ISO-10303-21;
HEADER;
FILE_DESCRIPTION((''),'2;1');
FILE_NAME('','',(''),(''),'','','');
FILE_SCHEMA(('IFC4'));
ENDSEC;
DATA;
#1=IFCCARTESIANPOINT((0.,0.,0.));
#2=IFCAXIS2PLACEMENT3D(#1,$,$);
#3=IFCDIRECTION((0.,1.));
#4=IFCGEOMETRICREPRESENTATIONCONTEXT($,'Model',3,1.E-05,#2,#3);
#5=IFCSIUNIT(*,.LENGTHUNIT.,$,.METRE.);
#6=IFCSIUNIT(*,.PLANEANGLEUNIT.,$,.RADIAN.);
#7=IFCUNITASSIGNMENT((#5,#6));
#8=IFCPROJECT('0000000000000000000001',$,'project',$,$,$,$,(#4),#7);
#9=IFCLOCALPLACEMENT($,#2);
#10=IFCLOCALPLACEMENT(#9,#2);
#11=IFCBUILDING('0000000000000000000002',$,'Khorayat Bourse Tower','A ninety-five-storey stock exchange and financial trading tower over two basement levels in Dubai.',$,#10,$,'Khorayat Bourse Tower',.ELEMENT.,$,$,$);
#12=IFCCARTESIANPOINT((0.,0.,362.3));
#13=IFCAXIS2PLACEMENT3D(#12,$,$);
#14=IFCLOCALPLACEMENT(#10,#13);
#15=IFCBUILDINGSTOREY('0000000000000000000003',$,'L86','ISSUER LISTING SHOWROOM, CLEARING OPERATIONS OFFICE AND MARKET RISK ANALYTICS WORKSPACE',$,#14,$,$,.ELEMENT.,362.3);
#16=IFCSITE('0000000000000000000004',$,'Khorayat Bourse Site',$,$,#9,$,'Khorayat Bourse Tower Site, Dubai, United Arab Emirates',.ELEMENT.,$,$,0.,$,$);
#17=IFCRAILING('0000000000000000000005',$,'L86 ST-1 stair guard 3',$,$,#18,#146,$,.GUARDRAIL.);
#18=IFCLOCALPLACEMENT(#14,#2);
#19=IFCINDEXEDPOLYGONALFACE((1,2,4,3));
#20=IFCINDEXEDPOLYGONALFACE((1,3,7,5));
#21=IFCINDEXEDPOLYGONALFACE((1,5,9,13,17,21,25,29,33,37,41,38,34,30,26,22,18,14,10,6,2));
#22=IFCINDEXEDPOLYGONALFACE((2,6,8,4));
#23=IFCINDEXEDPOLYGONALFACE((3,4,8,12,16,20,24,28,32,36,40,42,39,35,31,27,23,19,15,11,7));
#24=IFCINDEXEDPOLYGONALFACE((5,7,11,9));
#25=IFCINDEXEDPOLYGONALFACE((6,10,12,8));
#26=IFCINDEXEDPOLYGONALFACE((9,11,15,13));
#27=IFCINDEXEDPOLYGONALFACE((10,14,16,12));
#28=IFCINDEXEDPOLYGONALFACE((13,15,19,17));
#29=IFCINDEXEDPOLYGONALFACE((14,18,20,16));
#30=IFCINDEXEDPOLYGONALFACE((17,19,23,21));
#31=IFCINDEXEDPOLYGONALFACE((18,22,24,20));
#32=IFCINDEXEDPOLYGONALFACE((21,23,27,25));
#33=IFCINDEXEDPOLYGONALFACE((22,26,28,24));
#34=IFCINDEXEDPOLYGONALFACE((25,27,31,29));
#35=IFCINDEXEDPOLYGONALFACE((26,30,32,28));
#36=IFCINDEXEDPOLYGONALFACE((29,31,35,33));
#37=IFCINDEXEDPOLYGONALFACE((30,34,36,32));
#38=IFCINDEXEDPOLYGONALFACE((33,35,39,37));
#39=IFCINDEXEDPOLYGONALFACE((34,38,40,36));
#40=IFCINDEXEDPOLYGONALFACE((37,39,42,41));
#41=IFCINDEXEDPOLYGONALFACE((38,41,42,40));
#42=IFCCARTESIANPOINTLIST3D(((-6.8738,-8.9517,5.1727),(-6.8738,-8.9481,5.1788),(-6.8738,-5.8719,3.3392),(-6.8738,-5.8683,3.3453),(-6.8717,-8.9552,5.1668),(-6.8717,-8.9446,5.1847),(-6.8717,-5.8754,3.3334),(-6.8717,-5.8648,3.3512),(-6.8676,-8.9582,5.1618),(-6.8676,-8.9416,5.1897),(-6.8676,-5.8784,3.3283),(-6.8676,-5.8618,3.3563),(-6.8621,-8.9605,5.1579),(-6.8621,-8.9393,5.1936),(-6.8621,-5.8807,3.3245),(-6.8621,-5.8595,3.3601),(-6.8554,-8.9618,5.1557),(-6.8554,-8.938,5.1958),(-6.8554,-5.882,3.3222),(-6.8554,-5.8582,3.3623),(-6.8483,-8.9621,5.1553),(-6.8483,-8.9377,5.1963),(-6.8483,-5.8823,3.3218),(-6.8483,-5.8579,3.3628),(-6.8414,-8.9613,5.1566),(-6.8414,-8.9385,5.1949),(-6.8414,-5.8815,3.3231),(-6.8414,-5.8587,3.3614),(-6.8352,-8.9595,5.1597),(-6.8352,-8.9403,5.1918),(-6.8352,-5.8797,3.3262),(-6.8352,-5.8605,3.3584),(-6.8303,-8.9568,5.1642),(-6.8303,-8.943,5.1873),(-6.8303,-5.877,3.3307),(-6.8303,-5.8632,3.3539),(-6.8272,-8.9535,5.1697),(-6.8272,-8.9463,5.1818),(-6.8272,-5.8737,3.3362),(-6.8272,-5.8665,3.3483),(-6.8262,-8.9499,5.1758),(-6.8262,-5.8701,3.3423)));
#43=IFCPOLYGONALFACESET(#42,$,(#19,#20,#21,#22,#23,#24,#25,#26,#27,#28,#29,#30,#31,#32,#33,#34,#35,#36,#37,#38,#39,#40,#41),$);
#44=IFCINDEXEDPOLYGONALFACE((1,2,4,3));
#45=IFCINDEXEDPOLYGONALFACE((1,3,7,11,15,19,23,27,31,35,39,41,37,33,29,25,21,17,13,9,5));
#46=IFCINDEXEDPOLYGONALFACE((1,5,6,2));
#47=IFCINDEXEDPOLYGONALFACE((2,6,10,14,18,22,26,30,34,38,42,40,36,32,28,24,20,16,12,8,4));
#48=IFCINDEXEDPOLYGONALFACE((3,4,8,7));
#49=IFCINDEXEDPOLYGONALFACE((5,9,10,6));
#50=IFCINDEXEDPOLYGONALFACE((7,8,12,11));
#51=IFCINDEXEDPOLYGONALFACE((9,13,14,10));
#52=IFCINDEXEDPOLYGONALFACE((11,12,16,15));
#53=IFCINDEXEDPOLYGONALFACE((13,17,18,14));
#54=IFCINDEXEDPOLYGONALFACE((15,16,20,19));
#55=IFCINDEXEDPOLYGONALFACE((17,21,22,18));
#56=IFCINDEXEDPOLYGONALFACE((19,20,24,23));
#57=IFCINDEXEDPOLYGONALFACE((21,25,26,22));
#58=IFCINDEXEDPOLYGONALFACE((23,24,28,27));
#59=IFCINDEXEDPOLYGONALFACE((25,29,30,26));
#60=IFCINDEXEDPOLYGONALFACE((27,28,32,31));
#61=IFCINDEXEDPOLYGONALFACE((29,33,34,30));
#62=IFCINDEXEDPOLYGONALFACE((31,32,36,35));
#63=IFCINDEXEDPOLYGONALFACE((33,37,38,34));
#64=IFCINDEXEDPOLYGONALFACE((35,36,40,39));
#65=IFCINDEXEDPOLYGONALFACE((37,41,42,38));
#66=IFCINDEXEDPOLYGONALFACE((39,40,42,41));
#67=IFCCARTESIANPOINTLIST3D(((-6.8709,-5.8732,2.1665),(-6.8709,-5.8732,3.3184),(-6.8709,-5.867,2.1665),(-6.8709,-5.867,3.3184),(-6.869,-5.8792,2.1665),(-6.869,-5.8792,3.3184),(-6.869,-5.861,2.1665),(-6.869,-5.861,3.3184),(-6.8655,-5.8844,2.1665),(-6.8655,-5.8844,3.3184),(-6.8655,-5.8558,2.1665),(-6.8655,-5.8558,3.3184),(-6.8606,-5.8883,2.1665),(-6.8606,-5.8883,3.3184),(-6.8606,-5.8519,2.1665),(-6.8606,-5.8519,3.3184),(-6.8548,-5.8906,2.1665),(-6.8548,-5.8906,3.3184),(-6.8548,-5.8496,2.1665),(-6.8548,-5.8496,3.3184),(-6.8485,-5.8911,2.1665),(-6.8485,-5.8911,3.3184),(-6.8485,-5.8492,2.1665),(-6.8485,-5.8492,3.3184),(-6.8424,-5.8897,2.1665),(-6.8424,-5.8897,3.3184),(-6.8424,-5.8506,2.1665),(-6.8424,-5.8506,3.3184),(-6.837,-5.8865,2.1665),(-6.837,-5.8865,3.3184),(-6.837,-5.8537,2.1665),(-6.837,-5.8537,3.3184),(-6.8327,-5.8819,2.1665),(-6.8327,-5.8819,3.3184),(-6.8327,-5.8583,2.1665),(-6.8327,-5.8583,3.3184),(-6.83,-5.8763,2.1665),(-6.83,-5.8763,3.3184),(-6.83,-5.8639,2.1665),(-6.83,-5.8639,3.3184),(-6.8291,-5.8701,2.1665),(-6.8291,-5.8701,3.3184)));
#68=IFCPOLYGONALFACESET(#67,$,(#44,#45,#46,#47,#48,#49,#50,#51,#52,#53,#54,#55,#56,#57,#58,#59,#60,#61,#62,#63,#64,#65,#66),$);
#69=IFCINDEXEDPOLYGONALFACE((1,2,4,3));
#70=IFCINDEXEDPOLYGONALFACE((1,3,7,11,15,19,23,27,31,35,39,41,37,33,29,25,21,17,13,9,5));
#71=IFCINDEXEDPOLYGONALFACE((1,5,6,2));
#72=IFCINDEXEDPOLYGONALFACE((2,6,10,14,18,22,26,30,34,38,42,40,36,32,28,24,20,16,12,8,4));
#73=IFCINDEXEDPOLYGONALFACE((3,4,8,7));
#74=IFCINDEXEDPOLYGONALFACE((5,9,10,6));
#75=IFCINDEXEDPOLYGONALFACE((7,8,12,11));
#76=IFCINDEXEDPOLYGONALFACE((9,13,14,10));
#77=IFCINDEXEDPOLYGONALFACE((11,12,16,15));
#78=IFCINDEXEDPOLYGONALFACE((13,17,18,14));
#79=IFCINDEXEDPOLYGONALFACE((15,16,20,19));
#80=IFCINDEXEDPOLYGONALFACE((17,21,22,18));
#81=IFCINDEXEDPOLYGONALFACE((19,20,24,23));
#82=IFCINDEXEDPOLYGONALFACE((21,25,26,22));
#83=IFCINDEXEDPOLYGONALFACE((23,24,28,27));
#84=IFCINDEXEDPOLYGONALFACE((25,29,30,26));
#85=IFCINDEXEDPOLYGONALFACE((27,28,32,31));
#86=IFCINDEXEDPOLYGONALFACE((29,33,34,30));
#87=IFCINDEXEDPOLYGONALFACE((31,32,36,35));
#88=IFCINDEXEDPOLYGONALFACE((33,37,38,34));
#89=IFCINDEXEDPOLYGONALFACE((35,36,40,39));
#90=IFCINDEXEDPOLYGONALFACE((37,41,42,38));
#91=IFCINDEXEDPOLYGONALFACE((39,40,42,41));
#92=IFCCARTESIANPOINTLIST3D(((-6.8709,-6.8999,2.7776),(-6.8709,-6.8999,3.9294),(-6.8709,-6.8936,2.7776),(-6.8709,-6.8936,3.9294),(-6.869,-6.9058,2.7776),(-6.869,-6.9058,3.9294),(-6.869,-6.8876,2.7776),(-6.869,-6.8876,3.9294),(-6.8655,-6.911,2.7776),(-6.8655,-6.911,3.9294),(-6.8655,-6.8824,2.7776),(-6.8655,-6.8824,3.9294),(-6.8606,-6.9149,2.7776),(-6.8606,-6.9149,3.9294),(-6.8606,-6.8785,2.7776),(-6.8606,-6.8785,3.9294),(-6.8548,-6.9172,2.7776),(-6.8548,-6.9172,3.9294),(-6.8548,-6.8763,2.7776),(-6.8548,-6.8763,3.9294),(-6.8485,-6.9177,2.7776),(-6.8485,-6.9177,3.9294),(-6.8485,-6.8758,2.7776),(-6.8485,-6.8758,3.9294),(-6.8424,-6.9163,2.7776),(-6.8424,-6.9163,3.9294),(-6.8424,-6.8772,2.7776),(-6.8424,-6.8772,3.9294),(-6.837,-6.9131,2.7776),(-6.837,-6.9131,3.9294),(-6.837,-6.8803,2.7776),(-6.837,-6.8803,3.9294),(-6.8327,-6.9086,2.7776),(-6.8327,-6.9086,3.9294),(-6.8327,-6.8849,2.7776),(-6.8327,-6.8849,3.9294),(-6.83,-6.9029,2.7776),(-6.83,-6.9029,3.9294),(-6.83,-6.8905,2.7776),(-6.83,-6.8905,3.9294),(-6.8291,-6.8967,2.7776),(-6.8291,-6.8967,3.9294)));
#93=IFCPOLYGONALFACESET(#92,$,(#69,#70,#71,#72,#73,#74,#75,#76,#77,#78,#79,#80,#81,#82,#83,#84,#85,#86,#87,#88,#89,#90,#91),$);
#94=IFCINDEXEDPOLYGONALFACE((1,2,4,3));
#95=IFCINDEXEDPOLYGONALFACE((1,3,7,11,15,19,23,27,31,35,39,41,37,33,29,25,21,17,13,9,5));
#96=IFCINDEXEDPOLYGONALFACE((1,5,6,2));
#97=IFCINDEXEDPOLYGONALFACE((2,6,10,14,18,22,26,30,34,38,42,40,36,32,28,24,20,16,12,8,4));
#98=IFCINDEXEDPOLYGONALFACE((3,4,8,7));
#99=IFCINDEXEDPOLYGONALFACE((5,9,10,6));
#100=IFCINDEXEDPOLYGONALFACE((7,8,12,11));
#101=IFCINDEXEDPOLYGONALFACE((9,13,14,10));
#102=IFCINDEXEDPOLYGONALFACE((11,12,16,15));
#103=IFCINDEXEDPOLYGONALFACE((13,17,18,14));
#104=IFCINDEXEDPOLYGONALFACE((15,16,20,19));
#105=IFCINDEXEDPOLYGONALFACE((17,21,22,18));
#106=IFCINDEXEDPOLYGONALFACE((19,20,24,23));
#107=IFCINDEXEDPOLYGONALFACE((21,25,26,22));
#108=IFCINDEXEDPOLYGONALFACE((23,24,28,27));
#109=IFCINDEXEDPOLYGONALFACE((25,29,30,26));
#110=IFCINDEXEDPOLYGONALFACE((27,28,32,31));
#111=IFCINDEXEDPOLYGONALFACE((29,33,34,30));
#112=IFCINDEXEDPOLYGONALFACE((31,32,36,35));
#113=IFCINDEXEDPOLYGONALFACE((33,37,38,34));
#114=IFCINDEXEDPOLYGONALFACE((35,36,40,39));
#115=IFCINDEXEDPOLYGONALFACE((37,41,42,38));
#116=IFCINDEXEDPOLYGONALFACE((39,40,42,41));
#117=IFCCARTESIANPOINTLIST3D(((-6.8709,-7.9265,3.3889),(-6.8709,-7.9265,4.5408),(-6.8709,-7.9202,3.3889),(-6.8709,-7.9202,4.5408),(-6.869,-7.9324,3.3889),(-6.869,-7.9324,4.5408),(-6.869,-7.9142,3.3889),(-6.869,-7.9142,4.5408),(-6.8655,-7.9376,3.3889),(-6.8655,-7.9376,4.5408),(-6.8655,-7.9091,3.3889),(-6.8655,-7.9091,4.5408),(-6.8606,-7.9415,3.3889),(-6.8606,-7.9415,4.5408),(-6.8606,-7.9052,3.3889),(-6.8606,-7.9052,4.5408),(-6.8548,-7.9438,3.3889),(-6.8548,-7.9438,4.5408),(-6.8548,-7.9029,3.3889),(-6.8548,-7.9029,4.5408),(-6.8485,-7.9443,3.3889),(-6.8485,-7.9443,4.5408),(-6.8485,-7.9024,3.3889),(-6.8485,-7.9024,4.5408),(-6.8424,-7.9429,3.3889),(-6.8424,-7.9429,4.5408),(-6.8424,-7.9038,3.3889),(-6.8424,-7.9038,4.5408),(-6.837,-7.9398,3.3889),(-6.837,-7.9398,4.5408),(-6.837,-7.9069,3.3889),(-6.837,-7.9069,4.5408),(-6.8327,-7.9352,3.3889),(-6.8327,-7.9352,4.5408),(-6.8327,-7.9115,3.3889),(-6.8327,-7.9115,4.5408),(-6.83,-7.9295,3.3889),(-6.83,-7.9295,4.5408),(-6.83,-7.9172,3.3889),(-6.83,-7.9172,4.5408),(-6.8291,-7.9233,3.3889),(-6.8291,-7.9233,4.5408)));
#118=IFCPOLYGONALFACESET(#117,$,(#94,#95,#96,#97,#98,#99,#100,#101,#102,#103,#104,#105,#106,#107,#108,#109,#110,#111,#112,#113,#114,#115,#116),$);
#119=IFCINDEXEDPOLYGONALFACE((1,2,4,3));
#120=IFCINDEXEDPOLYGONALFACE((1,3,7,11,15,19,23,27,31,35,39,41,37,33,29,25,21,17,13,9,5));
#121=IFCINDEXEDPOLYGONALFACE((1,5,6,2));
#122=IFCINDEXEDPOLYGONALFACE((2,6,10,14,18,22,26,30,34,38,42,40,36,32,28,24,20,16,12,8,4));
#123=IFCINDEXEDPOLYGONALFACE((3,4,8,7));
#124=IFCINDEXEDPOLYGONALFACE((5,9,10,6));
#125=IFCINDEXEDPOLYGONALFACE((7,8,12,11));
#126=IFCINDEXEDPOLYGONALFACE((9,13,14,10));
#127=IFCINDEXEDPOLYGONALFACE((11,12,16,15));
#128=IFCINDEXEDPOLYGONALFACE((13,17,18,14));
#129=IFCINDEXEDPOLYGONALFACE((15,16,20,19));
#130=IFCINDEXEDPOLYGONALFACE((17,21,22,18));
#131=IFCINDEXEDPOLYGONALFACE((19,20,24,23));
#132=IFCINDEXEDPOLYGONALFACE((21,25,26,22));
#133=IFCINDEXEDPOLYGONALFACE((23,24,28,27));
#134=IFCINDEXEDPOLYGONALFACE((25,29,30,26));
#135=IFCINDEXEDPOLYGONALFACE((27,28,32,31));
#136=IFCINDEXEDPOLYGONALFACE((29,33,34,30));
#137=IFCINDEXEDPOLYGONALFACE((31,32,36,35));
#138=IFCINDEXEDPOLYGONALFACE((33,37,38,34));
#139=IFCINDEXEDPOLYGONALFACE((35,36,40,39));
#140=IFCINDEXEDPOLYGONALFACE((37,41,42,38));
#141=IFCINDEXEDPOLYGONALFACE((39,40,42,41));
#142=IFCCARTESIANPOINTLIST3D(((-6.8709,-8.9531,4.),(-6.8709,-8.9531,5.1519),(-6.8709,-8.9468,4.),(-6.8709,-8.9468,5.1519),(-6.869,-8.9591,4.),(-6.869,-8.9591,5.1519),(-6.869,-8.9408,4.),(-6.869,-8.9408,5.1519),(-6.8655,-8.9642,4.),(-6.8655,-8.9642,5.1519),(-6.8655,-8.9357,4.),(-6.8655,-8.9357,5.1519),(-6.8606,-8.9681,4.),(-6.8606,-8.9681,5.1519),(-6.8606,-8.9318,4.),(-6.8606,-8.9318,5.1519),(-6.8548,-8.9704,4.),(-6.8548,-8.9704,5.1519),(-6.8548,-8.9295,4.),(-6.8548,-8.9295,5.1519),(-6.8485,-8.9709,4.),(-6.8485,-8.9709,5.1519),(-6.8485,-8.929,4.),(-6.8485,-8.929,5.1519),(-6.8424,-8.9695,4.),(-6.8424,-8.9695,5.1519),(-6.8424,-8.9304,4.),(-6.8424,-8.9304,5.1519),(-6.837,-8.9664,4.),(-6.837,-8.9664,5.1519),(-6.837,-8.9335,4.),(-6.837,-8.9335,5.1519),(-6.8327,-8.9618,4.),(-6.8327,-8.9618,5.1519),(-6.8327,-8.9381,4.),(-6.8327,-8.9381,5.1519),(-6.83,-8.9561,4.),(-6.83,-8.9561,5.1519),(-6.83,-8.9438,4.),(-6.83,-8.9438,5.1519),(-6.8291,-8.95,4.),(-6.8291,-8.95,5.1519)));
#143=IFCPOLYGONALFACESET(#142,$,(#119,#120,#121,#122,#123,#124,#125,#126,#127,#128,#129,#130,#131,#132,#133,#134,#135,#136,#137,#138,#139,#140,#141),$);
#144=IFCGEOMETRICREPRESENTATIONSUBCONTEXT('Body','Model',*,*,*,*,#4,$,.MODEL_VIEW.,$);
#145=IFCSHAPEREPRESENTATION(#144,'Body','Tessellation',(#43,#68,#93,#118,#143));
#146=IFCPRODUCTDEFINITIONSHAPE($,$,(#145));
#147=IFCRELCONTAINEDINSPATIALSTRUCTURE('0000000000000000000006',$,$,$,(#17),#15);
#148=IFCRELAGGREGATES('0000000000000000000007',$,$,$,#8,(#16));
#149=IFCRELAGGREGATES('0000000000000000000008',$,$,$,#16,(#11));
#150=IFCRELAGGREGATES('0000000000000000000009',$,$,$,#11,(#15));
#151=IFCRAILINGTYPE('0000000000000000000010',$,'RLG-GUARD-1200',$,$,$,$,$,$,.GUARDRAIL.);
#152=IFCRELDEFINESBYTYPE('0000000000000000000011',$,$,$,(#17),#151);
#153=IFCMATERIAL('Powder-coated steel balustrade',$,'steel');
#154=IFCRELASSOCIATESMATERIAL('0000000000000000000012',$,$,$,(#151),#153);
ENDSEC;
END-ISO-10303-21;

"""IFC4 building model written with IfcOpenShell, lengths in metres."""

from ifc_helpers import new_model, si_unit, direction, frame, origin, origin_2d, place, context, subcontext, project, spatial, circle, extrude, source, transform, mapped, material, type_object, element, save


model = new_model("IFC4")

# Units and contexts
model_context = context("Model", 3, precision=1e-05, world=origin(), true_north=direction((0.0, 1.0)))
body_context = subcontext(model_context, "Body", "Model", "MODEL_VIEW")
ifc_project = project(units=[si_unit("LENGTHUNIT", "METRE"), si_unit("PLANEANGLEUNIT", "RADIAN")], contexts=[model_context])

# Site, building, storey
site_placement = place(None, origin())
site = spatial("IfcSite", under=ifc_project, at=site_placement, Name="Khorayat Bourse Site", LongName="Khorayat Bourse Tower Site, Dubai, United Arab Emirates", CompositionType="ELEMENT", RefElevation=0.0)
building_placement = place(site_placement, origin())
building = spatial("IfcBuilding", under=site, at=building_placement, Name="Khorayat Bourse Tower", Description="A ninety-five-storey stock exchange and financial trading tower over two basement levels in Dubai.", LongName="Khorayat Bourse Tower", CompositionType="ELEMENT")
storey_placement = place(building_placement, frame((0.0, 0.0, 362.3)))
storey = spatial("IfcBuildingStorey", under=building, at=storey_placement, Name="L86", Description="ISSUER LISTING SHOWROOM, CLEARING OPERATIONS OFFICE AND MARKET RISK ANALYTICS WORKSPACE", CompositionType="ELEMENT", Elevation=362.3)

# Railing
ifc_material_1 = material(Name="Powder-coated steel balustrade", Category="steel")
railing_type_1 = type_object("IfcRailingType", Name="RLG-GUARD-1200", PredefinedType="GUARDRAIL", material=ifc_material_1)
shared_shape_1 = source(origin(), body_context, "Body", "SweptSolid", [
    extrude(circle(Radius=0.0239, at=origin_2d()), frame((0.0, 0.0, 1.1758), z_axis=(0.0, -0.859261, 0.511538), x_axis=(1.0, 0.0, 0.0)), (0.0, 0.0, 1.0), 3.5842),
    extrude(circle(Radius=0.021, at=origin_2d()), origin(), (0.0, 0.0, 1.0), 1.1519),
    extrude(circle(Radius=0.021, at=origin_2d()), frame((0.0, -1.0266, 0.6111)), (0.0, 0.0, 1.0), 1.1519),
    extrude(circle(Radius=0.021, at=origin_2d()), frame((0.0, -2.0532, 1.2224)), (0.0, 0.0, 1.0), 1.1519),
    extrude(circle(Radius=0.021, at=origin_2d()), frame((0.0, -3.0798, 1.8335)), (0.0, 0.0, 1.0), 1.1519),
])
railing_1_placement = place(storey_placement, frame((-6.8501, -5.8701, 2.1665)))
element("IfcRailing", 1, at=railing_1_placement, inside=storey, type_object=railing_type_1, Name="L86 ST-1 stair guard 3", PredefinedType="GUARDRAIL", context=body_context, shape_type="MappedRepresentation", body=[
    mapped(shared_shape_1, transform((0.0, 0.0, 0.0), scale=1.0)),
])

save(model, "model.ifc")
